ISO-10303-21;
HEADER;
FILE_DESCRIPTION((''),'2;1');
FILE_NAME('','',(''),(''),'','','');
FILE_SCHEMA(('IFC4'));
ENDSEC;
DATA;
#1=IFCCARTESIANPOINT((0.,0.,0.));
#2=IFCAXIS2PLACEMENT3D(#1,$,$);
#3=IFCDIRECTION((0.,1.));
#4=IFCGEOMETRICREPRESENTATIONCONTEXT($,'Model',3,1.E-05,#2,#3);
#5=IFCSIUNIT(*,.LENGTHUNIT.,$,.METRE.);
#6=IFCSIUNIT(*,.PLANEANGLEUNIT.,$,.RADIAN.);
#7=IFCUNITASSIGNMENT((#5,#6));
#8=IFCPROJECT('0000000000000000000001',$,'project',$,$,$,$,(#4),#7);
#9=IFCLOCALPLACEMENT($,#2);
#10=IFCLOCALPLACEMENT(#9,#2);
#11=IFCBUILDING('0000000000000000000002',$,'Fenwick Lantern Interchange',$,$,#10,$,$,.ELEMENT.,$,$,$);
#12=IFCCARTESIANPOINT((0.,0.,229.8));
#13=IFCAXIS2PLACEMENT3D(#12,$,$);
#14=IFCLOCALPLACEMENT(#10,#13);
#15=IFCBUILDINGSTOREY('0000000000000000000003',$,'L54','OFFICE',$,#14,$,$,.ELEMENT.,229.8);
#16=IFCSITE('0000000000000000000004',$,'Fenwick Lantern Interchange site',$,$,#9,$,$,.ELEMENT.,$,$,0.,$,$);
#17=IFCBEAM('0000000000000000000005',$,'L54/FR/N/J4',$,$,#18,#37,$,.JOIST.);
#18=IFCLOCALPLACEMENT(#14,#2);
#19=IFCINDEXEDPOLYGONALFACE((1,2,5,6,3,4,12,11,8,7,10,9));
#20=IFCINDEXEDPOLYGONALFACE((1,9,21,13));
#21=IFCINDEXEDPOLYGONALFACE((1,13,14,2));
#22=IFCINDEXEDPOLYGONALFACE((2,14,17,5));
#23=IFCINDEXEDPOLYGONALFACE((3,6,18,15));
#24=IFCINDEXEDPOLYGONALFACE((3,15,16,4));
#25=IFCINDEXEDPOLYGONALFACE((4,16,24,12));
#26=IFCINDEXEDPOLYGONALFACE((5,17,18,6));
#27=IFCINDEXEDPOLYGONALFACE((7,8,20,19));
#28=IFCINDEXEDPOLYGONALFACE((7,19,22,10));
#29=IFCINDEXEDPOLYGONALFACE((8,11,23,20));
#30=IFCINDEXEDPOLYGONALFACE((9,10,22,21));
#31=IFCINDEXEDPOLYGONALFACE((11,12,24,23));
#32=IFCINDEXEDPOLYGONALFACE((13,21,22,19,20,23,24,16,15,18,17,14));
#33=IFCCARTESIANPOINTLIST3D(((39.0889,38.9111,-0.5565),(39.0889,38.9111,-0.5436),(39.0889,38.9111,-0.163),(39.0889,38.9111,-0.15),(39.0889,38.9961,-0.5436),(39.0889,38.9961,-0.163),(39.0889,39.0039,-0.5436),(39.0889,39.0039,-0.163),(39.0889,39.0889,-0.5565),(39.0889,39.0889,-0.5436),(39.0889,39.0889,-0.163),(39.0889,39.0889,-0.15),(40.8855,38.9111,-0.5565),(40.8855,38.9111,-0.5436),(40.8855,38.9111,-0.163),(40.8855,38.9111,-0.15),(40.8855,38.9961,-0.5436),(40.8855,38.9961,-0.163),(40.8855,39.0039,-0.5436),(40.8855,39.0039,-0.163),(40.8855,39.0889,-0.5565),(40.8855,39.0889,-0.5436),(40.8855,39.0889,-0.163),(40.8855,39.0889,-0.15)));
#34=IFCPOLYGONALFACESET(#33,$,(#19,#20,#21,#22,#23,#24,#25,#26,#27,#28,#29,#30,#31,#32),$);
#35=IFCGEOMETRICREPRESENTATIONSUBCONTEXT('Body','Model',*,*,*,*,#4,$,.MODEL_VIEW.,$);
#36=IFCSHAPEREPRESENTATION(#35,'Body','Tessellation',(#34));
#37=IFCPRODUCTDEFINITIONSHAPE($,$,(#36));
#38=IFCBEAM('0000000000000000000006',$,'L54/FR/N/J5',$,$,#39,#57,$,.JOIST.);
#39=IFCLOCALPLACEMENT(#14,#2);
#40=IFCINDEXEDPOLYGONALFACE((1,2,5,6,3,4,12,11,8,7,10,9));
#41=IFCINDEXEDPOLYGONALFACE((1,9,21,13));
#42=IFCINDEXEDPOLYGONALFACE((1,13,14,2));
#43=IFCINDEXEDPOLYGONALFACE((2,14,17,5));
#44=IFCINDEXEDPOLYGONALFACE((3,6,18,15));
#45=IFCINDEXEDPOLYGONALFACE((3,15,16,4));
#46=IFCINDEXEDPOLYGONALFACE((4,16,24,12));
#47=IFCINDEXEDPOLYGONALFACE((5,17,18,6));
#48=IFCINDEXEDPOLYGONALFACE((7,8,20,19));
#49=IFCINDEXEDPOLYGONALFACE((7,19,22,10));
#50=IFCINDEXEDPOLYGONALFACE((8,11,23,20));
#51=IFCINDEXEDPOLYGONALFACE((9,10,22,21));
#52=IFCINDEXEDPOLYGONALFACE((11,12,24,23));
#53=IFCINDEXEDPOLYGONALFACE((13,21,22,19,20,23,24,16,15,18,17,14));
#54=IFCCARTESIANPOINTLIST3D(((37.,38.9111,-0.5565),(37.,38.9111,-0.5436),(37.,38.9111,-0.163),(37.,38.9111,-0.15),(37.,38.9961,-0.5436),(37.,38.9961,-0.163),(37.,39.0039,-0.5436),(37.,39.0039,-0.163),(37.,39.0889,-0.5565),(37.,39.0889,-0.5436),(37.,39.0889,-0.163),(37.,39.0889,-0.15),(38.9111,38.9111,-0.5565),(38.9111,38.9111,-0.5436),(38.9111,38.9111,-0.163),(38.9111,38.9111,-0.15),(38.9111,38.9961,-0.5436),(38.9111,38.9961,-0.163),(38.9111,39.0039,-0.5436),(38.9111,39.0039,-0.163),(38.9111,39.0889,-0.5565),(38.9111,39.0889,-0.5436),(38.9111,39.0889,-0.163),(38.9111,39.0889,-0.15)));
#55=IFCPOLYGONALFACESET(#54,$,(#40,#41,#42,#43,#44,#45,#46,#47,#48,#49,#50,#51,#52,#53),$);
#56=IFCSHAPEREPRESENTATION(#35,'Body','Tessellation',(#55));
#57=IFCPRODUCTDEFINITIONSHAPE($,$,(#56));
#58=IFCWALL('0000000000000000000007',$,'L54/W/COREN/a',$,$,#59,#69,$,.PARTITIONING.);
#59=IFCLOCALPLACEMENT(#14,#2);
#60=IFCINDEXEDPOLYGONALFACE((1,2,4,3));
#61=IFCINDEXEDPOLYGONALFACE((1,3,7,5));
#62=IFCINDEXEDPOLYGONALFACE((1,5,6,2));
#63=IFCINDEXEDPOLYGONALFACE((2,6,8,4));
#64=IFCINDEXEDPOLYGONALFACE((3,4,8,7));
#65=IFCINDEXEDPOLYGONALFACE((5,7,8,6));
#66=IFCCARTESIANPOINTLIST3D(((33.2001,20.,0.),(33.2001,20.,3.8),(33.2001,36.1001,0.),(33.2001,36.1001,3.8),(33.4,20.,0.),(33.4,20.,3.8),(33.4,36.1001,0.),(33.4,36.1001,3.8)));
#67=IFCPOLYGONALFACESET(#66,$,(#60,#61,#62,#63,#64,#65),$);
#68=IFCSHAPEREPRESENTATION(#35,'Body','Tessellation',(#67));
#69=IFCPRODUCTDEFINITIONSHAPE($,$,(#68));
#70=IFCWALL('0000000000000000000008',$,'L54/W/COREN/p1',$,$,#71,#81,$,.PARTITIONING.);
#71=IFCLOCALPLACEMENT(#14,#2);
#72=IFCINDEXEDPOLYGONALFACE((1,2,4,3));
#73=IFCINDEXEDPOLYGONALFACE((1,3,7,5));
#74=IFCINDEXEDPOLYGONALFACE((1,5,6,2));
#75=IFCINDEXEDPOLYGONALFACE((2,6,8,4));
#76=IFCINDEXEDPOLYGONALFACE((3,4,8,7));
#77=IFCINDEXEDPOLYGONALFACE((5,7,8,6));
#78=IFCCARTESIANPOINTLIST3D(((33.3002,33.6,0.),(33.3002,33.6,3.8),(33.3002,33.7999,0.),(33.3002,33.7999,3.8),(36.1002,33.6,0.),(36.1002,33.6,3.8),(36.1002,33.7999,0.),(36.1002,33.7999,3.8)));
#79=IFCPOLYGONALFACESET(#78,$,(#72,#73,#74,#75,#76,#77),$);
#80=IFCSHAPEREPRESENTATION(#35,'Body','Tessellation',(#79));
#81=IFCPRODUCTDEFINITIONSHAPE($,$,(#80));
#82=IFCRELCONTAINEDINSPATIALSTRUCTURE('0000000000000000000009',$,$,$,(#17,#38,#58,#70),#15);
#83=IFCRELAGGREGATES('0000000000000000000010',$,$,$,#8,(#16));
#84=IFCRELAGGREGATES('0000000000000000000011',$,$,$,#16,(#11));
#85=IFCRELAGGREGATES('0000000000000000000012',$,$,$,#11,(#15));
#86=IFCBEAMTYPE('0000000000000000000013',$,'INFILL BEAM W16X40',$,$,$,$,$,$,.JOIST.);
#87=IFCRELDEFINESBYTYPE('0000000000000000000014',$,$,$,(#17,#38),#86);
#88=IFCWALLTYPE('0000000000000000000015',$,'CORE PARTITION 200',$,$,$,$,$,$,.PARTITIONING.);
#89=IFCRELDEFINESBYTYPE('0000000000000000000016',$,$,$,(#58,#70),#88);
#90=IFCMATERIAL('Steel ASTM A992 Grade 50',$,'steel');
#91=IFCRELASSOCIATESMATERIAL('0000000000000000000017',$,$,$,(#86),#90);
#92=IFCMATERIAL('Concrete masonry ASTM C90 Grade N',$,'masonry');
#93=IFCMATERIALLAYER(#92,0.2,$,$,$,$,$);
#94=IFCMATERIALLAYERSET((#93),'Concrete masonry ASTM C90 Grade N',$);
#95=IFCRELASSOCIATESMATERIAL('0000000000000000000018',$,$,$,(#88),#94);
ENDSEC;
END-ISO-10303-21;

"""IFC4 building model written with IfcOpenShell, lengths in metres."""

from ifc_helpers import new_model, si_unit, direction, frame, frame_2d, origin, origin_2d, place, context, subcontext, project, spatial, rectangle, i_section, extrude, material, layer, layer_set, material_profile, profile_set, type_object, element, save


model = new_model("IFC4")

# Units and contexts
model_context = context("Model", 3, precision=1e-05, world=origin(), true_north=direction((0.0, 1.0)))
body_context = subcontext(model_context, "Body", "Model", "MODEL_VIEW")
ifc_project = project(units=[si_unit("LENGTHUNIT", "METRE"), si_unit("PLANEANGLEUNIT", "RADIAN")], contexts=[model_context])

# Site, building, storey
site_placement = place(None, origin())
site = spatial("IfcSite", under=ifc_project, at=site_placement, Name="Fenwick Lantern Interchange site", CompositionType="ELEMENT", RefElevation=0.0)
building_placement = place(site_placement, origin())
building = spatial("IfcBuilding", under=site, at=building_placement, Name="Fenwick Lantern Interchange", CompositionType="ELEMENT")
storey_placement = place(building_placement, frame((0.0, 0.0, 229.8)))
storey = spatial("IfcBuildingStorey", under=building, at=storey_placement, Name="L54", Description="OFFICE", CompositionType="ELEMENT", Elevation=229.8)

# Beams
ifc_material_1 = material(Name="Steel ASTM A992 Grade 50", Category="steel")
ifc_material_profile = material_profile(ifc_material_1, i_section(OverallWidth=0.1777, OverallDepth=0.4065, WebThickness=0.0078, FlangeThickness=0.0129, at=origin_2d()), Name="W16X40")
ifc_profile_set = profile_set([ifc_material_profile], Name="Steel ASTM A992 Grade 50")
beam_type = type_object("IfcBeamType", Name="INFILL BEAM W16X40", PredefinedType="JOIST", material=ifc_profile_set)
beam_1_placement = place(storey_placement, frame((40.8855, 39.0, -0.3533), z_axis=(-1.0, 0.0, 0.0), x_axis=(0.0, -1.0, 0.0)))
element("IfcBeam", 1, at=beam_1_placement, inside=storey, type_object=beam_type, Name="L54/FR/N/J4", PredefinedType="JOIST", context=body_context, shape_type="SweptSolid", body=[
    extrude(i_section(OverallWidth=0.1777, OverallDepth=0.4065, WebThickness=0.0078, FlangeThickness=0.0129, at=origin_2d()), origin(), (0.0, 0.0, 1.0), 1.7966),
])
beam_2_placement = place(storey_placement, frame((38.9111, 39.0, -0.3533), z_axis=(-1.0, 0.0, 0.0), x_axis=(0.0, -1.0, 0.0)))
element("IfcBeam", 2, at=beam_2_placement, inside=storey, type_object=beam_type, Name="L54/FR/N/J5", PredefinedType="JOIST", context=body_context, shape_type="SweptSolid", body=[
    extrude(i_section(OverallWidth=0.1777, OverallDepth=0.4065, WebThickness=0.0078, FlangeThickness=0.0129, at=origin_2d()), origin(), (0.0, 0.0, 1.0), 1.9111),
])

# Walls
ifc_material_2 = material(Name="Concrete masonry ASTM C90 Grade N", Category="masonry")
ifc_layer_1 = layer(ifc_material_2, 0.2)
ifc_layer_set_1 = layer_set([ifc_layer_1], Name="Concrete masonry ASTM C90 Grade N")
wall_type_1 = type_object("IfcWallType", Name="CORE PARTITION 200", PredefinedType="PARTITIONING", material=ifc_layer_set_1)
wall_1_placement = place(storey_placement, frame((33.3, 36.1001, 0.0), z_axis=(0.0, 0.0, 1.0), x_axis=(0.0, -1.0, 0.0)))
element("IfcWall", 3, at=wall_1_placement, inside=storey, type_object=wall_type_1, Name="L54/W/COREN/a", PredefinedType="PARTITIONING", context=body_context, shape_type="SweptSolid", body=[
    extrude(rectangle(XDim=16.1001, YDim=0.2, at=frame_2d((8.05, 0.0))), origin(), (0.0, 0.0, 1.0), 3.8),
])
wall_2_placement = place(storey_placement, frame((36.1001, 33.7, 0.0), z_axis=(0.0, 0.0, 1.0), x_axis=(-1.0, 0.0, 0.0)))
element("IfcWall", 4, at=wall_2_placement, inside=storey, type_object=wall_type_1, Name="L54/W/COREN/p1", PredefinedType="PARTITIONING", context=body_context, shape_type="SweptSolid", body=[
    extrude(rectangle(XDim=2.8, YDim=0.2, at=frame_2d((1.3999, 0.0))), origin(), (0.0, 0.0, 1.0), 3.8),
])

save(model, "model.ifc")
